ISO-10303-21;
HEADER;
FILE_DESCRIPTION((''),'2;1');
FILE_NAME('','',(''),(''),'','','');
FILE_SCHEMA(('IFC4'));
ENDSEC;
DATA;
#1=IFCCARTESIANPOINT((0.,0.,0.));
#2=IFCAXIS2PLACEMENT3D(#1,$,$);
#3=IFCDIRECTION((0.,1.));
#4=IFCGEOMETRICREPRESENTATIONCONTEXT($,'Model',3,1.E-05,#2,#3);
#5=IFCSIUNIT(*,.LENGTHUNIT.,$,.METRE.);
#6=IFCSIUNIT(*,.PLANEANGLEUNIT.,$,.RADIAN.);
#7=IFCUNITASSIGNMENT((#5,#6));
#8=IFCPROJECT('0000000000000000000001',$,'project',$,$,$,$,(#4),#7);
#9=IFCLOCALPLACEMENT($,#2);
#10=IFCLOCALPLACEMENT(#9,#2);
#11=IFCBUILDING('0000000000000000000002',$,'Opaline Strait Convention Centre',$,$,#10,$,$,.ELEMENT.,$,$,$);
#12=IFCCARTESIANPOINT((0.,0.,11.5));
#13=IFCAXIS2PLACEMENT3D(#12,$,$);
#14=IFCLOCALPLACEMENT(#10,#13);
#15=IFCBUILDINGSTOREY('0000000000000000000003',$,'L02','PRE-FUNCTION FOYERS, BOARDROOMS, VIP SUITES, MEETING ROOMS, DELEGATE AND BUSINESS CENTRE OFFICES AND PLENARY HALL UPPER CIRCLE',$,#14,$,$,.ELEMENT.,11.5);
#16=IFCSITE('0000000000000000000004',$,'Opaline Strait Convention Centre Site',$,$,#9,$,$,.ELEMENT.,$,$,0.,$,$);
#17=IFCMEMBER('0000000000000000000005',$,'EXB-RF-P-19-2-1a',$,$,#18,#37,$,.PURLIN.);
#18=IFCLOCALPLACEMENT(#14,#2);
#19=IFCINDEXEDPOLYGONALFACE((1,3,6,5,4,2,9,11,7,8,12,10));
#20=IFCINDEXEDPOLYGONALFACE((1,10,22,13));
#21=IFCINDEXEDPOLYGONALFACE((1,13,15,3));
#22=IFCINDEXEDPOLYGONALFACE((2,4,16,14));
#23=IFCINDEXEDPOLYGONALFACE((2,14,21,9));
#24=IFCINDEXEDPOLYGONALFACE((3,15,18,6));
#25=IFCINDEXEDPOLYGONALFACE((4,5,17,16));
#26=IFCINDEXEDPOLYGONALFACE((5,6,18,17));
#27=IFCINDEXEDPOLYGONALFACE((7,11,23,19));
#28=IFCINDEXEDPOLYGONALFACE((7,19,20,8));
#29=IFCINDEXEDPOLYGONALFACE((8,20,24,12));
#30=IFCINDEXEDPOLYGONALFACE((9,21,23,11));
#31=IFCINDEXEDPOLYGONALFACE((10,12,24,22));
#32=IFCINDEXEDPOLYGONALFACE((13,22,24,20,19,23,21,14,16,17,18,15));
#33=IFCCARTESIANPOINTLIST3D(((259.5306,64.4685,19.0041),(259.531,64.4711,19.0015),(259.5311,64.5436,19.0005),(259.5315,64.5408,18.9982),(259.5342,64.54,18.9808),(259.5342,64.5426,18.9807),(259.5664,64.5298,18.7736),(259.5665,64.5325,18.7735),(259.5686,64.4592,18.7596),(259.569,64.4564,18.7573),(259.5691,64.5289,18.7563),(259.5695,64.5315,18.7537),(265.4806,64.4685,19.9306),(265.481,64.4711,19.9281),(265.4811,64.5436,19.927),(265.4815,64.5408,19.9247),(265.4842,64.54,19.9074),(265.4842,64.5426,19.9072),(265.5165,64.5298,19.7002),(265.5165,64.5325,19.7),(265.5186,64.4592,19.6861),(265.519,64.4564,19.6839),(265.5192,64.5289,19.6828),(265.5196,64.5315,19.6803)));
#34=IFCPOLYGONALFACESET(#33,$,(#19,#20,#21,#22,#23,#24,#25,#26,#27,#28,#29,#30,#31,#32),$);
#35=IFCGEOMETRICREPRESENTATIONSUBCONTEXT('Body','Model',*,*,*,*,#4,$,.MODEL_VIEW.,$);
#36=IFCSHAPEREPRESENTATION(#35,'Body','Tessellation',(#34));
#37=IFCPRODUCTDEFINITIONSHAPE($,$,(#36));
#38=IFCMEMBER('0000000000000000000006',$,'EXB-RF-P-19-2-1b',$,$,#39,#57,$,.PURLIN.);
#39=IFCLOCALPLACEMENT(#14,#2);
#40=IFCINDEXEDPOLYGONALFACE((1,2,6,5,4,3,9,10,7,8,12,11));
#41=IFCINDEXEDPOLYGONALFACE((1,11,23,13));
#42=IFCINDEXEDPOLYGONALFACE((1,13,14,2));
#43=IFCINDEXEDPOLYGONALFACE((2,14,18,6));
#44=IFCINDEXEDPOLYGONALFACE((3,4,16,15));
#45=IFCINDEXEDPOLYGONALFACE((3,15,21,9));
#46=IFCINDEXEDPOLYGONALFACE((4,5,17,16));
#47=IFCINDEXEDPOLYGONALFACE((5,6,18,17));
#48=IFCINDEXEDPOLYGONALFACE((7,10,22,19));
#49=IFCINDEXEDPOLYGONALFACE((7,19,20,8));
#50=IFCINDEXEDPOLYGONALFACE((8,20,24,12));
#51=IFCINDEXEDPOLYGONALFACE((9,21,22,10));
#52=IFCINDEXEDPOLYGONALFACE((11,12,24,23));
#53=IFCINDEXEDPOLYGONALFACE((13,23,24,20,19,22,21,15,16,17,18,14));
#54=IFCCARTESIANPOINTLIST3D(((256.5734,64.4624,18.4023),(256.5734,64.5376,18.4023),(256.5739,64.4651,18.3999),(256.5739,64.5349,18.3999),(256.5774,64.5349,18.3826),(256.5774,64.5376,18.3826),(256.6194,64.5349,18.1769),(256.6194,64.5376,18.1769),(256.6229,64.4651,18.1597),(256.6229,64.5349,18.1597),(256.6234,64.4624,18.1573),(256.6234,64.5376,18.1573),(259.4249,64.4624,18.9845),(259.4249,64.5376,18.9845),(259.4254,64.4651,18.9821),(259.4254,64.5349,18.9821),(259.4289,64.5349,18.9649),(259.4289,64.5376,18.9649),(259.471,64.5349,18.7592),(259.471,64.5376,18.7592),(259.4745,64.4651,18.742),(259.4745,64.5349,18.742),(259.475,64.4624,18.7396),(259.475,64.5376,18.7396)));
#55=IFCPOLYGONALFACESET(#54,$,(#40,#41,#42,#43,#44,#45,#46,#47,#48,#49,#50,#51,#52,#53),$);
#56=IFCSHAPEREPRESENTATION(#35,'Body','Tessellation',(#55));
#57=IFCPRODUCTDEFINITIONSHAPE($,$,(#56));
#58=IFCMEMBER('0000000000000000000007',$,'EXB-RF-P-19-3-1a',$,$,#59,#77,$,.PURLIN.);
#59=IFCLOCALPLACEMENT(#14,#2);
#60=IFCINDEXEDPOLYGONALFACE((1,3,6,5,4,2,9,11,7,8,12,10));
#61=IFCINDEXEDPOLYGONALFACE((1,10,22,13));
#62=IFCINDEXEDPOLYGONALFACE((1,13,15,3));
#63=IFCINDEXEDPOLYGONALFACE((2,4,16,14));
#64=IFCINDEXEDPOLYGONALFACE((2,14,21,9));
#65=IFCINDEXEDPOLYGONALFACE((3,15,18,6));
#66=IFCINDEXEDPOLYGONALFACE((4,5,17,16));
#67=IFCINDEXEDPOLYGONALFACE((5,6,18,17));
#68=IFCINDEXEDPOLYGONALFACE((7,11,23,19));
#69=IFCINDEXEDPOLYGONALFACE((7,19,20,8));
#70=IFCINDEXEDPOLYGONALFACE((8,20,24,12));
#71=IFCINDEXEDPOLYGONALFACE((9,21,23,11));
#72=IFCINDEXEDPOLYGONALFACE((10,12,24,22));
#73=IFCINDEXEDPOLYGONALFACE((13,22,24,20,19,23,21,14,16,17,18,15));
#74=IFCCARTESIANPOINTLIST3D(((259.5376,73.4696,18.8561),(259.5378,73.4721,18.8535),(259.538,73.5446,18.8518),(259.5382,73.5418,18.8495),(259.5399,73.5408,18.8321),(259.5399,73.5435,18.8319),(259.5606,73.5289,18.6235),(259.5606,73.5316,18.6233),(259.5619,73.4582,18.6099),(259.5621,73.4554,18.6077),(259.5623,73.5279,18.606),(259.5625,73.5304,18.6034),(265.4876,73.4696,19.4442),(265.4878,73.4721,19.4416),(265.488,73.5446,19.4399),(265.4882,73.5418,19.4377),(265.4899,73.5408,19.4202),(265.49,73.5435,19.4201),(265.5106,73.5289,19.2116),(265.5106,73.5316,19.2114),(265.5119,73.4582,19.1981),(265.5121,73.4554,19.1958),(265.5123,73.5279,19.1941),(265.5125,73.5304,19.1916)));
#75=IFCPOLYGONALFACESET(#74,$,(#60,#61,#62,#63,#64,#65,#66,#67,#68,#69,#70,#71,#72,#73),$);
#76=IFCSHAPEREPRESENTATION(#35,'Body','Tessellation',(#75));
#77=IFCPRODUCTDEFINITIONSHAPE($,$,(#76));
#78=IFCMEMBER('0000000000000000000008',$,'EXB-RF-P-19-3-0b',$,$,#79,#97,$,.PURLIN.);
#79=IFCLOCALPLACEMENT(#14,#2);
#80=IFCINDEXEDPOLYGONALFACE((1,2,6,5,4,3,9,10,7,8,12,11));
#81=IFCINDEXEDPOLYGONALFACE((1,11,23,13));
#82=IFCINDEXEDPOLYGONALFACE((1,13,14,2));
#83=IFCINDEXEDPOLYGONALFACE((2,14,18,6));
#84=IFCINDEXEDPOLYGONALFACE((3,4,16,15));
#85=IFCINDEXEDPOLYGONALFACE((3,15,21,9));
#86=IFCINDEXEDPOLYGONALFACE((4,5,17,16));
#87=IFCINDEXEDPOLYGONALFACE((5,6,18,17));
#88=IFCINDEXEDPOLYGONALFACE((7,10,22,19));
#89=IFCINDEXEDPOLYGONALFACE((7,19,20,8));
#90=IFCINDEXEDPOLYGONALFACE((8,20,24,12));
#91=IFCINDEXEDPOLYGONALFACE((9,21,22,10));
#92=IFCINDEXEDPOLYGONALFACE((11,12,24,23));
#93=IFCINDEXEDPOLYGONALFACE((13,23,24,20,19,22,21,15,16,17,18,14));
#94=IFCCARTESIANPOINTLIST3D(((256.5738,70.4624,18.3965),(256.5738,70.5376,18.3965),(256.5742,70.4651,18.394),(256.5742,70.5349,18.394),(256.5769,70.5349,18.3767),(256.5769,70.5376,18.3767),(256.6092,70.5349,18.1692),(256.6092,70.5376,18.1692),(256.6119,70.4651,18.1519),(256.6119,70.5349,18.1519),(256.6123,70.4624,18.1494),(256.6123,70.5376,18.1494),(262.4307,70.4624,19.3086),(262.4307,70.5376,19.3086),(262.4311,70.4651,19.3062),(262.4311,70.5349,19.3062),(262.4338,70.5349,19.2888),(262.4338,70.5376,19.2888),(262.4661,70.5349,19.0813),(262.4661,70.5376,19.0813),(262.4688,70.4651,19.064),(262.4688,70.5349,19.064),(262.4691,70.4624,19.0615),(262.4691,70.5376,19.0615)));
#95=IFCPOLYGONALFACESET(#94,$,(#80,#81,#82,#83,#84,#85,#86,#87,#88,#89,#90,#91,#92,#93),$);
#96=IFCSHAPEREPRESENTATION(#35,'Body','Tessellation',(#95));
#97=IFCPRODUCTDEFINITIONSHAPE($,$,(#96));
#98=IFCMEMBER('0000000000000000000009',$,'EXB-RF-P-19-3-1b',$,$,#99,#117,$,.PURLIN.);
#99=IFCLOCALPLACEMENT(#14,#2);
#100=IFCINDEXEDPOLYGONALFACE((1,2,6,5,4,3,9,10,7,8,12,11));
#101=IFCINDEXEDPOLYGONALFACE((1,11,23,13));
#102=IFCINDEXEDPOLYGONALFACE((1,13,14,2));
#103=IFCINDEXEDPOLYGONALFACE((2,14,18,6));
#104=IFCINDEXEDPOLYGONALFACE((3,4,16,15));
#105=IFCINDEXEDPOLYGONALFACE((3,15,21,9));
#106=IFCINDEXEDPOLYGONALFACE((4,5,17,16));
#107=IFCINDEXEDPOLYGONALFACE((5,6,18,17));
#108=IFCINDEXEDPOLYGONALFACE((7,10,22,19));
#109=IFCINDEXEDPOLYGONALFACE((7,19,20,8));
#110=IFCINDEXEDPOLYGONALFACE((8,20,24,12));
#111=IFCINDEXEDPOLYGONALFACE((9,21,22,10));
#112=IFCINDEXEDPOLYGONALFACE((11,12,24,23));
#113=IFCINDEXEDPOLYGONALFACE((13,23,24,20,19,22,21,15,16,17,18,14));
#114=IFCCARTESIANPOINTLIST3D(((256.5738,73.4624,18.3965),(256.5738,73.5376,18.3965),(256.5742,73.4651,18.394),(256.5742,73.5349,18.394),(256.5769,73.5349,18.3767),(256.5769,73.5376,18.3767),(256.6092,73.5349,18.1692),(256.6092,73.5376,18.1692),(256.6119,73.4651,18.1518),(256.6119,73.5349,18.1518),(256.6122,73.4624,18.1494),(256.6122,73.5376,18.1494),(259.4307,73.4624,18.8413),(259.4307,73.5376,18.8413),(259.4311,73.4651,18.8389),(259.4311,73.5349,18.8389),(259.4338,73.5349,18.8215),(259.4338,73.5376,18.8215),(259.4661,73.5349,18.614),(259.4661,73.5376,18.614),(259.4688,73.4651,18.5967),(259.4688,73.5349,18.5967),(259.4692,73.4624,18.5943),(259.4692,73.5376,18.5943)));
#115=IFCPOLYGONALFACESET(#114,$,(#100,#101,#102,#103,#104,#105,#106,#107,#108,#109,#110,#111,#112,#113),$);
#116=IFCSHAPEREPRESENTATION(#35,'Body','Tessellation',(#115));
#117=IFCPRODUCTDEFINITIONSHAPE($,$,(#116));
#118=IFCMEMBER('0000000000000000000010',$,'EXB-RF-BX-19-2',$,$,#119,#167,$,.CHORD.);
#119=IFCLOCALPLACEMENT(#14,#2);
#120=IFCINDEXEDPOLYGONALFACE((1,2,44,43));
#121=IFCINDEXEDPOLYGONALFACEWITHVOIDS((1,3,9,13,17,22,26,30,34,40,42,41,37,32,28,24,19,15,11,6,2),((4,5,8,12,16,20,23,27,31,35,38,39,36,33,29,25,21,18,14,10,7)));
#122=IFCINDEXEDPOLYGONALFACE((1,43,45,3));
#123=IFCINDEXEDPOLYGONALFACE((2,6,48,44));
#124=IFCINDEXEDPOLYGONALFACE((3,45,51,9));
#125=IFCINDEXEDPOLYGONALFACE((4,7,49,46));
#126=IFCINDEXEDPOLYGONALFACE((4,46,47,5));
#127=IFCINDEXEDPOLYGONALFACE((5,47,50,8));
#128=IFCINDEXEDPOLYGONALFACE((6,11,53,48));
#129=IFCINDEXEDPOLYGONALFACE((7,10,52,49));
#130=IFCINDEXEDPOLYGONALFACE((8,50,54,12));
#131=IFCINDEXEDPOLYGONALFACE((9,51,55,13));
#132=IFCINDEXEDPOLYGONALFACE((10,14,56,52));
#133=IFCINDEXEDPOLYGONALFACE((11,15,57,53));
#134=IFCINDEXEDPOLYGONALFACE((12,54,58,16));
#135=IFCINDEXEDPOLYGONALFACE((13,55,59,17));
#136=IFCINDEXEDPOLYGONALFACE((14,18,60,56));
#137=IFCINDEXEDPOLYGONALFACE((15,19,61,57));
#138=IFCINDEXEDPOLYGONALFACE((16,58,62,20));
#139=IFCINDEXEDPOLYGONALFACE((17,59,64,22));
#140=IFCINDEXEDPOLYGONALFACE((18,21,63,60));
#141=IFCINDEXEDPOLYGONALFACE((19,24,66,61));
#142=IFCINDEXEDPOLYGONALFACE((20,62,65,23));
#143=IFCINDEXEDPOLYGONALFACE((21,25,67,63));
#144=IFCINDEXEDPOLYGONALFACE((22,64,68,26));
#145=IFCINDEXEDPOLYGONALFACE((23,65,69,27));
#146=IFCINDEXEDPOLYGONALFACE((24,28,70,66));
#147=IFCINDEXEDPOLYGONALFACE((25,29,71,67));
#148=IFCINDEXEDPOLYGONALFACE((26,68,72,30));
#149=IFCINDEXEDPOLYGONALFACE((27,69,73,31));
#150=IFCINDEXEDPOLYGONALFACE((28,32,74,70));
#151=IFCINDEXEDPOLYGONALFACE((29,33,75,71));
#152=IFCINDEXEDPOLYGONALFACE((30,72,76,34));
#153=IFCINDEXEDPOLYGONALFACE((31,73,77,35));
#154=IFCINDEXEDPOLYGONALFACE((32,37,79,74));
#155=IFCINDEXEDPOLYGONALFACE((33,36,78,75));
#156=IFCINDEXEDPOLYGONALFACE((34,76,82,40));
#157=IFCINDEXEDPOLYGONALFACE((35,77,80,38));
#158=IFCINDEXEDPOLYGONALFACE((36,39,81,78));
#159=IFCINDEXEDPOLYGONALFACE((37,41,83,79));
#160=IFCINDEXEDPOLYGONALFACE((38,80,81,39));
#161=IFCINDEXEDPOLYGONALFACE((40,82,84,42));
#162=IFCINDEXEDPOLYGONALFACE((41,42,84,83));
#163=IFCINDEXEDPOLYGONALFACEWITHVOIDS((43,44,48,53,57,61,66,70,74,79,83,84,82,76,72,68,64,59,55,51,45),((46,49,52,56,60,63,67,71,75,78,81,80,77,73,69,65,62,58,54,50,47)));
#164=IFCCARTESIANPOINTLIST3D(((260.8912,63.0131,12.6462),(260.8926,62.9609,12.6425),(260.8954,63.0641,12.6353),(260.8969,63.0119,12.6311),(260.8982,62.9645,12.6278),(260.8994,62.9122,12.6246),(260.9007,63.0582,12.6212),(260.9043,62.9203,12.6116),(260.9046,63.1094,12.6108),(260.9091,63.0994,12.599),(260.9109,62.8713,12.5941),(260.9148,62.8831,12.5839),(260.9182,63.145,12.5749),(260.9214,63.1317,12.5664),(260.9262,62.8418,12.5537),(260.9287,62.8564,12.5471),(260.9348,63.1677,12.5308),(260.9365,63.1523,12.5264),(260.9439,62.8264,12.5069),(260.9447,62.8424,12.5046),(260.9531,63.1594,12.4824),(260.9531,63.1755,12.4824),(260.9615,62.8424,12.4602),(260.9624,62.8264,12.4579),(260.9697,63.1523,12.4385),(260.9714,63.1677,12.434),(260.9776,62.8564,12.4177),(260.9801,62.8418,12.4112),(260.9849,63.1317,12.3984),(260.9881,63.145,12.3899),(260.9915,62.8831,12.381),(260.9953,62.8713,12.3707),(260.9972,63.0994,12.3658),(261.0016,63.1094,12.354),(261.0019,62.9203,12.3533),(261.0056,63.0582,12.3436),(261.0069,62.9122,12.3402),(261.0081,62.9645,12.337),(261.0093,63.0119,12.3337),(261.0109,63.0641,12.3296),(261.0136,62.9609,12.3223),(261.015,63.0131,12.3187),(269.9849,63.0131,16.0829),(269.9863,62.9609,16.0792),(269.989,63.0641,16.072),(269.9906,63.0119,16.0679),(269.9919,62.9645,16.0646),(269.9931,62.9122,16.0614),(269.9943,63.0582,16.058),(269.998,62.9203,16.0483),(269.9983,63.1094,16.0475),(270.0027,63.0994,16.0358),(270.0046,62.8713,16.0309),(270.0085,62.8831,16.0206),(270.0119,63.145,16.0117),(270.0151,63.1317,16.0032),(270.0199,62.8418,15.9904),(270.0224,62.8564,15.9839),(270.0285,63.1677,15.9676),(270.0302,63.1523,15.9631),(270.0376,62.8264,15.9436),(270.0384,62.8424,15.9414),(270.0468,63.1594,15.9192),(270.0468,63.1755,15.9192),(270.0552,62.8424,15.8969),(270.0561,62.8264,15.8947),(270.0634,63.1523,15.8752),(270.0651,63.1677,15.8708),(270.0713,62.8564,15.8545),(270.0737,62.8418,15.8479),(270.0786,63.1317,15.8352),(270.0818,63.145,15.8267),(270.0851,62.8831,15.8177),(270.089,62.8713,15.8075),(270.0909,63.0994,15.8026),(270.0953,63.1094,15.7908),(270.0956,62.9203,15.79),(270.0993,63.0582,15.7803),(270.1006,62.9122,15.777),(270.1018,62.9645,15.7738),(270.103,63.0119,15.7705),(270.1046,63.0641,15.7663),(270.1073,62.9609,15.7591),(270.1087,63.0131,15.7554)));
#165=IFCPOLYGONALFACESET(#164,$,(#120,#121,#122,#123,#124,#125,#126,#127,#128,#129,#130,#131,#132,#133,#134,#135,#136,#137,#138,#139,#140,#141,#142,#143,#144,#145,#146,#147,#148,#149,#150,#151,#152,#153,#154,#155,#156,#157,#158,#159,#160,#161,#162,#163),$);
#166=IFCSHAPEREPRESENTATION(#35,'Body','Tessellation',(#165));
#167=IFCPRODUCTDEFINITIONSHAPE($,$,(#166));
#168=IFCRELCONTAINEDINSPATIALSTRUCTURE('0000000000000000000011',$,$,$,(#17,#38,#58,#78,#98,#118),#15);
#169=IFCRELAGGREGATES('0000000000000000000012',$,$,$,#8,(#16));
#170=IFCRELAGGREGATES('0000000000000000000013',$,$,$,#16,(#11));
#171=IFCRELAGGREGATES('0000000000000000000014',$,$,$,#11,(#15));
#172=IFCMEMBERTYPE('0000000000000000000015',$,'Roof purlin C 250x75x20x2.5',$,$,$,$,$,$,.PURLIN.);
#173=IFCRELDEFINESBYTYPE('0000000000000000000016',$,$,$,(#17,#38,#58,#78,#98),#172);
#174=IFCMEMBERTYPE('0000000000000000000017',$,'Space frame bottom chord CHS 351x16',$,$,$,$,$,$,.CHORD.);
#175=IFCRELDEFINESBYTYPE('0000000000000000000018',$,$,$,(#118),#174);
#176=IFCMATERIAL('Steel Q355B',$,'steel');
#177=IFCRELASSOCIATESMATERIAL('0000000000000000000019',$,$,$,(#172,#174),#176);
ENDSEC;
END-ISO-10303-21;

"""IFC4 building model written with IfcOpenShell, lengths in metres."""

from ifc_helpers import new_model, si_unit, direction, frame, origin, origin_2d, place, context, subcontext, project, spatial, polyline, hollow_circle, outline, extrude, material, material_profile, profile_set, type_object, element, save


model = new_model("IFC4")

# Units and contexts
model_context = context("Model", 3, precision=1e-05, world=origin(), true_north=direction((0.0, 1.0)))
body_context = subcontext(model_context, "Body", "Model", "MODEL_VIEW")
ifc_project = project(units=[si_unit("LENGTHUNIT", "METRE"), si_unit("PLANEANGLEUNIT", "RADIAN")], contexts=[model_context])

# Site, building, storey
site_placement = place(None, origin())
site = spatial("IfcSite", under=ifc_project, at=site_placement, Name="Opaline Strait Convention Centre Site", CompositionType="ELEMENT", RefElevation=0.0)
building_placement = place(site_placement, origin())
building = spatial("IfcBuilding", under=site, at=building_placement, Name="Opaline Strait Convention Centre", CompositionType="ELEMENT")
storey_placement = place(building_placement, frame((0.0, 0.0, 11.5)))
storey = spatial("IfcBuildingStorey", under=building, at=storey_placement, Name="L02", Description="PRE-FUNCTION FOYERS, BOARDROOMS, VIP SUITES, MEETING ROOMS, DELEGATE AND BUSINESS CENTRE OFFICES AND PLENARY HALL UPPER CIRCLE", CompositionType="ELEMENT", Elevation=11.5)

# Members
ifc_material_1 = material(Name="Steel Q355B", Category="steel")
ifc_material_profile_1 = material_profile(ifc_material_1, outline(polyline([(-0.0376, -0.125), (0.0376, -0.125), (0.0376, -0.105), (0.0349, -0.105), (0.0349, -0.1226), (-0.0349, -0.1226), (-0.0349, 0.1226), (0.0349, 0.1226), (0.0349, 0.105), (0.0376, 0.105), (0.0376, 0.125), (-0.0376, 0.125), (-0.0376, -0.125)])), Name="C 250x75x20x2.5")
ifc_profile_set_1 = profile_set([ifc_material_profile_1], Name="Steel Q355B")
member_type_1 = type_object("IfcMemberType", Name="Roof purlin C 250x75x20x2.5", PredefinedType="PURLIN", material=ifc_profile_set_1)
member_1_placement = place(storey_placement, frame((259.55, 64.5, 18.8789), z_axis=(0.988092, 0.0, 0.153864), x_axis=(0.007452, 0.998826, -0.047856)))
element("IfcMember", 1, at=member_1_placement, inside=storey, type_object=member_type_1, Name="EXB-RF-P-19-2-1a", PredefinedType="PURLIN", context=body_context, shape_type="SweptSolid", body=[
    extrude(outline(polyline([(-0.0376, -0.125), (0.0376, -0.125), (0.0376, -0.105), (0.0349, -0.105), (0.0349, -0.1226), (-0.0349, -0.1226), (-0.0349, 0.1226), (0.0349, 0.1226), (0.0349, 0.105), (0.0376, 0.105), (0.0376, 0.125), (-0.0376, 0.125), (-0.0376, -0.125)])), origin(), (0.0, 0.0, 1.0), 6.0217),
])
member_2_placement = place(storey_placement, frame((256.5984, 64.5, 18.2798), z_axis=(0.979782, 0.0, 0.200067), x_axis=(0.0, 1.0, 0.0)))
element("IfcMember", 2, at=member_2_placement, inside=storey, type_object=member_type_1, Name="EXB-RF-P-19-2-1b", PredefinedType="PURLIN", context=body_context, shape_type="SweptSolid", body=[
    extrude(outline(polyline([(-0.0376, -0.125), (0.0376, -0.125), (0.0376, -0.105), (0.0349, -0.105), (0.0349, -0.1226), (-0.0349, -0.1226), (-0.0349, 0.1226), (0.0349, 0.1226), (0.0349, 0.105), (0.0376, 0.105), (0.0376, 0.125), (-0.0376, 0.125), (-0.0376, -0.125)])), origin(), (0.0, 0.0, 1.0), 2.9104),
])
member_3_placement = place(storey_placement, frame((259.55, 73.5, 18.7297), z_axis=(0.99515, 0.0, 0.098368), x_axis=(0.005584, 0.998387, -0.056494)))
element("IfcMember", 3, at=member_3_placement, inside=storey, type_object=member_type_1, Name="EXB-RF-P-19-3-1a", PredefinedType="PURLIN", context=body_context, shape_type="SweptSolid", body=[
    extrude(outline(polyline([(-0.0376, -0.125), (0.0376, -0.125), (0.0376, -0.105), (0.0349, -0.105), (0.0349, -0.1226), (-0.0349, -0.1226), (-0.0349, 0.1226), (0.0349, 0.1226), (0.0349, 0.105), (0.0376, 0.105), (0.0376, 0.125), (-0.0376, 0.125), (-0.0376, -0.125)])), origin(), (0.0, 0.0, 1.0), 5.979),
])
member_4_placement = place(storey_placement, frame((256.593, 70.5, 18.2729), z_axis=(0.98809, 0.0, 0.153877), x_axis=(0.0, 1.0, 0.0)))
element("IfcMember", 4, at=member_4_placement, inside=storey, type_object=member_type_1, Name="EXB-RF-P-19-3-0b", PredefinedType="PURLIN", context=body_context, shape_type="SweptSolid", body=[
    extrude(outline(polyline([(-0.0376, -0.125), (0.0376, -0.125), (0.0376, -0.105), (0.0349, -0.105), (0.0349, -0.1226), (-0.0349, -0.1226), (-0.0349, 0.1226), (0.0349, 0.1226), (0.0349, 0.105), (0.0376, 0.105), (0.0376, 0.125), (-0.0376, 0.125), (-0.0376, -0.125)])), origin(), (0.0, 0.0, 1.0), 5.9275),
])
member_5_placement = place(storey_placement, frame((256.593, 73.5, 18.2729), z_axis=(0.988095, 0.0, 0.153846), x_axis=(0.0, 1.0, 0.0)))
element("IfcMember", 5, at=member_5_placement, inside=storey, type_object=member_type_1, Name="EXB-RF-P-19-3-1b", PredefinedType="PURLIN", context=body_context, shape_type="SweptSolid", body=[
    extrude(outline(polyline([(-0.0376, -0.125), (0.0376, -0.125), (0.0376, -0.105), (0.0349, -0.105), (0.0349, -0.1226), (-0.0349, -0.1226), (-0.0349, 0.1226), (0.0349, 0.1226), (0.0349, 0.105), (0.0376, 0.105), (0.0376, 0.125), (-0.0376, 0.125), (-0.0376, -0.125)])), origin(), (0.0, 0.0, 1.0), 2.8914),
])
ifc_material_profile_2 = material_profile(ifc_material_1, hollow_circle(Radius=0.1755, WallThickness=0.0161, at=origin_2d()), Name="CHS 351x16")
ifc_profile_set_2 = profile_set([ifc_material_profile_2], Name="Steel Q355B")
member_type_2 = type_object("IfcMemberType", Name="Space frame bottom chord CHS 351x16", PredefinedType="CHORD", material=ifc_profile_set_2)
member_6_placement = place(storey_placement, frame((260.9531, 63.0, 12.4824), z_axis=(0.935426, 0.0, 0.353522), x_axis=(0.0, 1.0, 0.0)))
element("IfcMember", 6, at=member_6_placement, inside=storey, type_object=member_type_2, Name="EXB-RF-BX-19-2", PredefinedType="CHORD", context=body_context, shape_type="SweptSolid", body=[
    extrude(hollow_circle(Radius=0.1755, WallThickness=0.0161, at=origin_2d()), origin(), (0.0, 0.0, 1.0), 9.7214),
])

save(model, "model.ifc")
